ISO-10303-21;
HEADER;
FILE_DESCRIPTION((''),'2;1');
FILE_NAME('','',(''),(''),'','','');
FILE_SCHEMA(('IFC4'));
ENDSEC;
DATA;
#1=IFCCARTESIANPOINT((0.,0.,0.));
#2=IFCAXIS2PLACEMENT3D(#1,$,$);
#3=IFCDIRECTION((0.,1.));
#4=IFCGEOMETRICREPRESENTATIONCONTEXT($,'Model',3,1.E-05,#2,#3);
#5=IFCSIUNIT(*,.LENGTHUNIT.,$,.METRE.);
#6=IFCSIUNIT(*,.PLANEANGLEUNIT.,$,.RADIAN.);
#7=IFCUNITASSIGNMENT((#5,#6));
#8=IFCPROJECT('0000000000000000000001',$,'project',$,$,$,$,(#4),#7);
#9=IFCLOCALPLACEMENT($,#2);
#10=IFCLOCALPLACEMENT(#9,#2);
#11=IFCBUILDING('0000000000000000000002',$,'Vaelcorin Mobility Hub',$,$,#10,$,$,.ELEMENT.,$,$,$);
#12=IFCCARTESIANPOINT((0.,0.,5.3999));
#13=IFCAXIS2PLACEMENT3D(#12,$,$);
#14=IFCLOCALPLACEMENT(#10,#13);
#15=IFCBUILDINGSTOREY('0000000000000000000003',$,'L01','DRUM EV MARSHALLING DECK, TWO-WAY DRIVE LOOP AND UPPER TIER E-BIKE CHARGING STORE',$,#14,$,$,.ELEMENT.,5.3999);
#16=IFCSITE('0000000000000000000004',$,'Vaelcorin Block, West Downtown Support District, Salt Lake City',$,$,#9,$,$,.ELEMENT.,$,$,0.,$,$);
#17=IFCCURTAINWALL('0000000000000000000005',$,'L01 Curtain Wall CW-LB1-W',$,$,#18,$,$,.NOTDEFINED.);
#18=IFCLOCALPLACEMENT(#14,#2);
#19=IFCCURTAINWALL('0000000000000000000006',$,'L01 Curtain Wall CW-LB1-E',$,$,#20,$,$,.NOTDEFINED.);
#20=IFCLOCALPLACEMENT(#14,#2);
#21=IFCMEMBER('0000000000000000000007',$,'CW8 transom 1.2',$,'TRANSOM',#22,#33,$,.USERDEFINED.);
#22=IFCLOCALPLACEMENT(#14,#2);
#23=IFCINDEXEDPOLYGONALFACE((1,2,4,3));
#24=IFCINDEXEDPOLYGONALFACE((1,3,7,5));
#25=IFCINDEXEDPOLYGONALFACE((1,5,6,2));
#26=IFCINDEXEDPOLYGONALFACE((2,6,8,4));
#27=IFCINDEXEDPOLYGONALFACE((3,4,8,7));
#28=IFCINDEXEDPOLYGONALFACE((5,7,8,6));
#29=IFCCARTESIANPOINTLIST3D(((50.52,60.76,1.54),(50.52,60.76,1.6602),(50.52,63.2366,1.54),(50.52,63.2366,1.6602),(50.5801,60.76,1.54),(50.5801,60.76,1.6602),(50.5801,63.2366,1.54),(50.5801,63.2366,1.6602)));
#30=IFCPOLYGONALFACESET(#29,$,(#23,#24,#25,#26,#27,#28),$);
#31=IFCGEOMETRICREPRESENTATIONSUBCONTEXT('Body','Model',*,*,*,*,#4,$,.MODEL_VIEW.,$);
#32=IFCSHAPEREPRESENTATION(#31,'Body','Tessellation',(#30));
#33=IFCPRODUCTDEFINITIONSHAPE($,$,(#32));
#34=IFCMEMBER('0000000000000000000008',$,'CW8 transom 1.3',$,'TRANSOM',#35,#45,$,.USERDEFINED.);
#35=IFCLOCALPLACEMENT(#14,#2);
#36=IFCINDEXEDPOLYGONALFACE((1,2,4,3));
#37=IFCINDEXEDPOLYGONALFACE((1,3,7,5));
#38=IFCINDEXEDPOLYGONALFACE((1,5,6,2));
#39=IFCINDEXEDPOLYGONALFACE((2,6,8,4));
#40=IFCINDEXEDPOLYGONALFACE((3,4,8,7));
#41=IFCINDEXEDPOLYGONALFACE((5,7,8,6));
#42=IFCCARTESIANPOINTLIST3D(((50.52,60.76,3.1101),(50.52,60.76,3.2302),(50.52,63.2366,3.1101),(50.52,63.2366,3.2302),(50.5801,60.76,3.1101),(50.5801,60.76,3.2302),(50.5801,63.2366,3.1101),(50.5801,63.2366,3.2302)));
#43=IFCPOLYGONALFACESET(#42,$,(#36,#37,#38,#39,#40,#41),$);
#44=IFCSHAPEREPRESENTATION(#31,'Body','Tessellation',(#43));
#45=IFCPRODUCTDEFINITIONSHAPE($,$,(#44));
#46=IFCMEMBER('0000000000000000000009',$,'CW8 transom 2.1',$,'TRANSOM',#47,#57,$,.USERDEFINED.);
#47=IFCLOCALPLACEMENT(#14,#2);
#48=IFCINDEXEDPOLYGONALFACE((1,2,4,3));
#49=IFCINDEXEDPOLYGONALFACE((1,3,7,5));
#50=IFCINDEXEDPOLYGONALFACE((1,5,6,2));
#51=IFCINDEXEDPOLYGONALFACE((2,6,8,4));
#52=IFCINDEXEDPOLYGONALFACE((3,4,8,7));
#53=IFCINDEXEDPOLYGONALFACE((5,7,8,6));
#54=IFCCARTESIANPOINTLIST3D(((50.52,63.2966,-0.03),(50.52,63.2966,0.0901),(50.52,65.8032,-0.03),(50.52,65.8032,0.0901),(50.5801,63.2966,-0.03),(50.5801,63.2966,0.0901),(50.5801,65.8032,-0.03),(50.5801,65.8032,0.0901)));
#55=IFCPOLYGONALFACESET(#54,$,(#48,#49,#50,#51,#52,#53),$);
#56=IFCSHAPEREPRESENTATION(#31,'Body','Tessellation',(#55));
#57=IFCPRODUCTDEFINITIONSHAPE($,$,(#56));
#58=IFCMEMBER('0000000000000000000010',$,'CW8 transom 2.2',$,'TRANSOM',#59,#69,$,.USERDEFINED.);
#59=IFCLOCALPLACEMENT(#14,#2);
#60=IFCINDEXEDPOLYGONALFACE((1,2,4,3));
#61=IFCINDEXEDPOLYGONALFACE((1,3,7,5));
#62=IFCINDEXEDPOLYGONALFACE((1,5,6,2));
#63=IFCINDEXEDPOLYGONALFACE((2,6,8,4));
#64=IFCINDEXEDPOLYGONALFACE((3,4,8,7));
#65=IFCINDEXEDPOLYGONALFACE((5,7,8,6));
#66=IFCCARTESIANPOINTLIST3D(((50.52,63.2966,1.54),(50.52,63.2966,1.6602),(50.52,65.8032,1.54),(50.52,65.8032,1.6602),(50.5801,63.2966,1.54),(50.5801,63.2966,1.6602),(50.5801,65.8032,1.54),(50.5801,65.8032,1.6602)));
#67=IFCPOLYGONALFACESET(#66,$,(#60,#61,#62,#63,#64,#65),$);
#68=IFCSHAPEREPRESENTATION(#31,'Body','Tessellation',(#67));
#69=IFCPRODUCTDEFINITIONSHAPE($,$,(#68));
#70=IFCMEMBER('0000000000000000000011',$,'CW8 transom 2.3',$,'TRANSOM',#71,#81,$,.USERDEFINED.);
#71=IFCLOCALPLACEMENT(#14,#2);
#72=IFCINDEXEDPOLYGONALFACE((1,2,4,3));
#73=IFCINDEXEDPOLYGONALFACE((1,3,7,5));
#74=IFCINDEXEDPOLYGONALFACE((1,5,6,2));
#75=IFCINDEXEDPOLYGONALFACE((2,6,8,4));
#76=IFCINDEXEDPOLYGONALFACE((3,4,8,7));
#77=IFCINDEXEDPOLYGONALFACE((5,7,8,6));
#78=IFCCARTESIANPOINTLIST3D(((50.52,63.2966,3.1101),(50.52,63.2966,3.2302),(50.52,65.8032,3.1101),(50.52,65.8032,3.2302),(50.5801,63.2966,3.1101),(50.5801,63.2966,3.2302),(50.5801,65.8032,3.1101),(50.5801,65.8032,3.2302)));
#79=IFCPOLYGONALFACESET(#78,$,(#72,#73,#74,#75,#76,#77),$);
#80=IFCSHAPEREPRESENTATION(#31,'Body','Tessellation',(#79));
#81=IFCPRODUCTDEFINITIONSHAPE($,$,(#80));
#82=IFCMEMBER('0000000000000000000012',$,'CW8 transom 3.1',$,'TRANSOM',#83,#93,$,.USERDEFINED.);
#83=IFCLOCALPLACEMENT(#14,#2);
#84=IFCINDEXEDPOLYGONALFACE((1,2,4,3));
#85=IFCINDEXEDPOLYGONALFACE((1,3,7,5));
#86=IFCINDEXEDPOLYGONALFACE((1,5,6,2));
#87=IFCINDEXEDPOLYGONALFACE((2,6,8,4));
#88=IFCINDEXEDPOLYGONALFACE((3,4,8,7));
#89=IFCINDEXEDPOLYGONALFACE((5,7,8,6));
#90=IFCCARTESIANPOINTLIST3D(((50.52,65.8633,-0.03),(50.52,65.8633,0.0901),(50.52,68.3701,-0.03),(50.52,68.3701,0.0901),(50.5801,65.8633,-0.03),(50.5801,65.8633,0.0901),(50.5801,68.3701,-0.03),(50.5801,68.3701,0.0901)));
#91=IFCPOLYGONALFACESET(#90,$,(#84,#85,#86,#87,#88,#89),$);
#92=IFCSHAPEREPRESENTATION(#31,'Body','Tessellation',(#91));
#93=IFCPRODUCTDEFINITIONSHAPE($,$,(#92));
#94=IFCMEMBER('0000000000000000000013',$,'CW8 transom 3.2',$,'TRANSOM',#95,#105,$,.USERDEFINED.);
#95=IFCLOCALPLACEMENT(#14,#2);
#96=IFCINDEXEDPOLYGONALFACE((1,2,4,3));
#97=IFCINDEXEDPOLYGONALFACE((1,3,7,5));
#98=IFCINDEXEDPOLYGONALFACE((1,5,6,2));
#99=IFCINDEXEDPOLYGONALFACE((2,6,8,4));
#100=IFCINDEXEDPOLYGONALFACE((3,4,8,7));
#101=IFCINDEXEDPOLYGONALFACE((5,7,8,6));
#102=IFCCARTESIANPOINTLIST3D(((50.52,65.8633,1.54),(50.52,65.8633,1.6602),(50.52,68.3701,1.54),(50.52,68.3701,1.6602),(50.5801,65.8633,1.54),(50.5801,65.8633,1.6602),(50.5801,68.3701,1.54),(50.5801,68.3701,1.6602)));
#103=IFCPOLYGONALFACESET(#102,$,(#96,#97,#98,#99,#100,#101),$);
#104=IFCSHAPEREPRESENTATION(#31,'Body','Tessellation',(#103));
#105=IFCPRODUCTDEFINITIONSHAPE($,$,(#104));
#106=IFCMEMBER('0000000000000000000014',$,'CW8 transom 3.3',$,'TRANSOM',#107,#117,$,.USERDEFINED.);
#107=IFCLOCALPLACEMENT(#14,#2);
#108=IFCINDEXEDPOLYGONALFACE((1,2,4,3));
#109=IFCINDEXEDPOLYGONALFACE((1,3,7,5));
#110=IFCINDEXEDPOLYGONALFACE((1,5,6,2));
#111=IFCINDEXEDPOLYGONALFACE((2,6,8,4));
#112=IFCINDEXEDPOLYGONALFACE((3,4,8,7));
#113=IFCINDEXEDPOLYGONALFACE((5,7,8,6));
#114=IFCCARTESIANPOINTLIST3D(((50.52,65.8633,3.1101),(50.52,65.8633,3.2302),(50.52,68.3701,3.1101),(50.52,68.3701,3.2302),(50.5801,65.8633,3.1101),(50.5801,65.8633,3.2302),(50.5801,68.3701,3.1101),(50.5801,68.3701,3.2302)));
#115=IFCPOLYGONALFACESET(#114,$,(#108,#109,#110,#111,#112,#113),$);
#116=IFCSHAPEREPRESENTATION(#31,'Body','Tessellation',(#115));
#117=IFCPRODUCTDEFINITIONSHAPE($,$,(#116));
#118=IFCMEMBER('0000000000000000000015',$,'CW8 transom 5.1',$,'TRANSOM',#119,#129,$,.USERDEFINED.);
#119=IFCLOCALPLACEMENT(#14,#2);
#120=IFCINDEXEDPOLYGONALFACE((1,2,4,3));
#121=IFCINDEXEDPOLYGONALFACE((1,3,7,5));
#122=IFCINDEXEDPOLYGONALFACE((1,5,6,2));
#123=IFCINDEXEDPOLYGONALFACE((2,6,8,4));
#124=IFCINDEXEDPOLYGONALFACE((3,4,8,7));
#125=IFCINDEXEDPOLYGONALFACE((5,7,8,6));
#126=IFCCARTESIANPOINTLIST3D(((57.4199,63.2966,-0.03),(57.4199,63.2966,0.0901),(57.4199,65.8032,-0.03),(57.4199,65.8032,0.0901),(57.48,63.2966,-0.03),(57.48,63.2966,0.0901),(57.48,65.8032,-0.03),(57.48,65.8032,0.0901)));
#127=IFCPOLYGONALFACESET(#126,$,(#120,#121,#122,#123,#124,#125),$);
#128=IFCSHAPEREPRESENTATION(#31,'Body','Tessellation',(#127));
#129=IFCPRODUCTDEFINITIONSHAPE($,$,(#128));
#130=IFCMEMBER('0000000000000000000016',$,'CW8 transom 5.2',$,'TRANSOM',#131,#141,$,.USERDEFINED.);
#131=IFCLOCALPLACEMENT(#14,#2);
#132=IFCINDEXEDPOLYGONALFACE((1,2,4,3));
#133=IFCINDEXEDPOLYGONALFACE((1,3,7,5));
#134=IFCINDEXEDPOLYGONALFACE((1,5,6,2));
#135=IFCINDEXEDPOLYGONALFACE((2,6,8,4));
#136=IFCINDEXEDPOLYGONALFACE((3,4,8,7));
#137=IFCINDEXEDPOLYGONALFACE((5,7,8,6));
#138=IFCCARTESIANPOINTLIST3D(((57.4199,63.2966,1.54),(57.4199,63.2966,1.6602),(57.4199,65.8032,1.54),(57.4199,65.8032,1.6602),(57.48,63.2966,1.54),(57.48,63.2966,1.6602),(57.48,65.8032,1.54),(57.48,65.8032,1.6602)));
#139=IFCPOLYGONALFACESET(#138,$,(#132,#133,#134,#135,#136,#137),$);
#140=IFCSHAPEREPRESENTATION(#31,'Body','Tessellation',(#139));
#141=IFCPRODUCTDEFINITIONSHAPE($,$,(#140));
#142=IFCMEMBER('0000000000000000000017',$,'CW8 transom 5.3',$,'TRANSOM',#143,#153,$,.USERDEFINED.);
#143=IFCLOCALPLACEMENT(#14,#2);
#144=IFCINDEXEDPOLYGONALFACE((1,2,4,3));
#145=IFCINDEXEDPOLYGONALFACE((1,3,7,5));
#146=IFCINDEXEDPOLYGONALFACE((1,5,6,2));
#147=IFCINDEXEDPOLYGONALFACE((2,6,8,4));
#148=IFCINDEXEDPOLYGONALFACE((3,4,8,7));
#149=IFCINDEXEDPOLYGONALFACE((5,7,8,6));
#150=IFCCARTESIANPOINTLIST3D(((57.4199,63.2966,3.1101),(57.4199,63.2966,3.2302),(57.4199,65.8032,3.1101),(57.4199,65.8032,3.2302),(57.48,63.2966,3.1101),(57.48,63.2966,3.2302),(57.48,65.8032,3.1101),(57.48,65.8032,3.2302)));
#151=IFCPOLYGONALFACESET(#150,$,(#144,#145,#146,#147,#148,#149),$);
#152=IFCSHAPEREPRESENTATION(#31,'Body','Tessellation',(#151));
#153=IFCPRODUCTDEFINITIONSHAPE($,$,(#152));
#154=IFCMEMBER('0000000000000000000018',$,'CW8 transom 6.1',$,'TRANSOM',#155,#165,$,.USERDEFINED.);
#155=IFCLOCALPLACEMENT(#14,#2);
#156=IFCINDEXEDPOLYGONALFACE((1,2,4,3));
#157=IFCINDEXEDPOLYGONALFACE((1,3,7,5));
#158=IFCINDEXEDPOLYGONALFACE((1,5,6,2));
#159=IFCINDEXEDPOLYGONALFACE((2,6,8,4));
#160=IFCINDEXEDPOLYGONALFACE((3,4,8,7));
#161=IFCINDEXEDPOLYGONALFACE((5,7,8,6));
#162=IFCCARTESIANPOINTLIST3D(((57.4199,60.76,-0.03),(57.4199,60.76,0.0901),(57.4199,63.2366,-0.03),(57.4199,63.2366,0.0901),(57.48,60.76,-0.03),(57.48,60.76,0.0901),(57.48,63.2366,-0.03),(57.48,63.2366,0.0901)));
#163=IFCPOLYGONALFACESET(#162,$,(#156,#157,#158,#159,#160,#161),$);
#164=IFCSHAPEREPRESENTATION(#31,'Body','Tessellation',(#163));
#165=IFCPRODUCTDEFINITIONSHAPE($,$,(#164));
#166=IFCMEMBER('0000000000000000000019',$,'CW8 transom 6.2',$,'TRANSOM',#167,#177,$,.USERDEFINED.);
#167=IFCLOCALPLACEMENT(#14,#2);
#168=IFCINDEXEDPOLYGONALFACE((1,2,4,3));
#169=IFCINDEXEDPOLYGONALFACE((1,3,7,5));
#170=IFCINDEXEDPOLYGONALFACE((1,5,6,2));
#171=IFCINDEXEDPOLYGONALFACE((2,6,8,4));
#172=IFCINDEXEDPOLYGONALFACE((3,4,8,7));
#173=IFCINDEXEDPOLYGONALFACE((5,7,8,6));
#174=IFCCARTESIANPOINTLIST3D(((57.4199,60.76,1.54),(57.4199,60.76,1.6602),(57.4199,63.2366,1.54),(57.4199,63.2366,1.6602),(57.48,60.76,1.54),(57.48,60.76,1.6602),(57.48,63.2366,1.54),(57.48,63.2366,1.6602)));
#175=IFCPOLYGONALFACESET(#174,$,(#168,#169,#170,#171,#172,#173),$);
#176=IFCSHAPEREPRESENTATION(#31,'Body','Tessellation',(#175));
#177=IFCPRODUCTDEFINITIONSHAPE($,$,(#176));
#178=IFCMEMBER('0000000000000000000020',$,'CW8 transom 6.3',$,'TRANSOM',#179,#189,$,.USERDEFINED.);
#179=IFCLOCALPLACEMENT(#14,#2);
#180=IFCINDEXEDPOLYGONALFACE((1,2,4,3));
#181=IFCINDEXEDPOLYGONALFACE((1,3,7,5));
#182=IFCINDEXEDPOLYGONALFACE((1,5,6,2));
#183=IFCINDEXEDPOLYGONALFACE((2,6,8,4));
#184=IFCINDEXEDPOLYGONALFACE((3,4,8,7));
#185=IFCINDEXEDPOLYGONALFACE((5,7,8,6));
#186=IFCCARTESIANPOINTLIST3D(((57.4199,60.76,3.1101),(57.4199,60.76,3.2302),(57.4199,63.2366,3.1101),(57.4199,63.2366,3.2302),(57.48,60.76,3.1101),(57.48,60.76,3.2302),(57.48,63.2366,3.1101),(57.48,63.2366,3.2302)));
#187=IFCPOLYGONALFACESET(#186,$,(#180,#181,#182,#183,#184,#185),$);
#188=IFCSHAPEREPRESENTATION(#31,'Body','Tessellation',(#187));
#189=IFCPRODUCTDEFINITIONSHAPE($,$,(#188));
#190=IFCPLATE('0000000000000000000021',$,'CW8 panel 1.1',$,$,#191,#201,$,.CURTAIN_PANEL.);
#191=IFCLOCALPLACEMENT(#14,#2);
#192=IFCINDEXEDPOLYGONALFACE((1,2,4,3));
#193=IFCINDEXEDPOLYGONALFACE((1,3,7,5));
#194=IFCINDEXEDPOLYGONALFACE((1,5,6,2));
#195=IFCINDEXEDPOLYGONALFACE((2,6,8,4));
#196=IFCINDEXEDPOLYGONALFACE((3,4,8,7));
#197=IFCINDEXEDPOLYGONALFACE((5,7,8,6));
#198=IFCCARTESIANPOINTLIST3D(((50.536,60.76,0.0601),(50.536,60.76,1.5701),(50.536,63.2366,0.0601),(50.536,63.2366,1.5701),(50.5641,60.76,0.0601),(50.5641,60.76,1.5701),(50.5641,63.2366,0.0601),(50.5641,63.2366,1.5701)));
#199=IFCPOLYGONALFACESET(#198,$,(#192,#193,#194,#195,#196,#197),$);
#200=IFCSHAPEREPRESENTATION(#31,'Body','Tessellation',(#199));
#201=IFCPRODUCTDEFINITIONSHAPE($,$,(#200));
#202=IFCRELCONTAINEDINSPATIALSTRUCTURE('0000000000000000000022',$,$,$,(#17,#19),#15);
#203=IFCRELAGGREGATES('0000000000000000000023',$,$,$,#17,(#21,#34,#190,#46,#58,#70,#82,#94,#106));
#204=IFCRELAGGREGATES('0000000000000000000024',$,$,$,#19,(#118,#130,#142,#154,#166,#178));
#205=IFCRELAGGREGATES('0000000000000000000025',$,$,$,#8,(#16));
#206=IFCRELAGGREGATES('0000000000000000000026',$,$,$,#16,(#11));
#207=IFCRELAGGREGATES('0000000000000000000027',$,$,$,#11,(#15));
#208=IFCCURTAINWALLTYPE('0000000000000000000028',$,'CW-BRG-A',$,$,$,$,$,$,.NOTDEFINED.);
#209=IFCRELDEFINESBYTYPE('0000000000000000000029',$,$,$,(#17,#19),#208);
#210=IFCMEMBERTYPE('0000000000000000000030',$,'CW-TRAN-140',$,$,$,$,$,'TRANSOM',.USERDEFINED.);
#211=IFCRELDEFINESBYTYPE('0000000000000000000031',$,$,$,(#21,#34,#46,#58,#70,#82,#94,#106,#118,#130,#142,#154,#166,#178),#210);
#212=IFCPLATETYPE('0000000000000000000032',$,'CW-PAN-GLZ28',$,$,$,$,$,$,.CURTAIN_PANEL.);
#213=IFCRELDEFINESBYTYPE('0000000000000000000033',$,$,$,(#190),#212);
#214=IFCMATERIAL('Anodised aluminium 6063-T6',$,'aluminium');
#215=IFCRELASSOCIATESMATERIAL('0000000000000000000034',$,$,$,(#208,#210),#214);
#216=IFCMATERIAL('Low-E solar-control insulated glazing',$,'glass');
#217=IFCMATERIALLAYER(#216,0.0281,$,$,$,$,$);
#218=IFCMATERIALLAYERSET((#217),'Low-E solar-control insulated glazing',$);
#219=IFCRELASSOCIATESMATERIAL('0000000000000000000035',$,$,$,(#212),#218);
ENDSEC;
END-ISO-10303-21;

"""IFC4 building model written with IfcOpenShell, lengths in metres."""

from ifc_helpers import new_model, si_unit, direction, frame, origin, origin_2d, place, context, subcontext, project, spatial, rectangle, extrude, material, layer, layer_set, material_profile, profile_set, type_object, element, aggregate, save


model = new_model("IFC4")

# Units and contexts
model_context = context("Model", 3, precision=1e-05, world=origin(), true_north=direction((0.0, 1.0)))
body_context = subcontext(model_context, "Body", "Model", "MODEL_VIEW")
ifc_project = project(units=[si_unit("LENGTHUNIT", "METRE"), si_unit("PLANEANGLEUNIT", "RADIAN")], contexts=[model_context])

# Site, building, storey
site_placement = place(None, origin())
site = spatial("IfcSite", under=ifc_project, at=site_placement, Name="Vaelcorin Block, West Downtown Support District, Salt Lake City", CompositionType="ELEMENT", RefElevation=0.0)
building_placement = place(site_placement, origin())
building = spatial("IfcBuilding", under=site, at=building_placement, Name="Vaelcorin Mobility Hub", CompositionType="ELEMENT")
storey_placement = place(building_placement, frame((0.0, 0.0, 5.3999)))
storey = spatial("IfcBuildingStorey", under=building, at=storey_placement, Name="L01", Description="DRUM EV MARSHALLING DECK, TWO-WAY DRIVE LOOP AND UPPER TIER E-BIKE CHARGING STORE", CompositionType="ELEMENT", Elevation=5.3999)

# Curtain walls
ifc_material_1 = material(Name="Anodised aluminium 6063-T6", Category="aluminium")
curtain_wall_type = type_object("IfcCurtainWallType", Name="CW-BRG-A", PredefinedType="NOTDEFINED", material=ifc_material_1)
curtain_wall_1_placement = place(storey_placement, origin())
curtain_wall_1 = element("IfcCurtainWall", 1, at=curtain_wall_1_placement, inside=storey, type_object=curtain_wall_type, Name="L01 Curtain Wall CW-LB1-W", PredefinedType="NOTDEFINED")
curtain_wall_2_placement = place(storey_placement, origin())
curtain_wall_2 = element("IfcCurtainWall", 2, at=curtain_wall_2_placement, inside=storey, type_object=curtain_wall_type, Name="L01 Curtain Wall CW-LB1-E", PredefinedType="NOTDEFINED")

# Members
ifc_material_profile_1 = material_profile(ifc_material_1, rectangle(XDim=0.0601, YDim=0.1201, at=origin_2d()), Name="ALU-T60X120")
ifc_profile_set_1 = profile_set([ifc_material_profile_1], Name="Anodised aluminium 6063-T6")
member_type_1 = type_object("IfcMemberType", Name="CW-TRAN-140", ElementType="TRANSOM", PredefinedType="USERDEFINED", material=ifc_profile_set_1)
member_1_placement = place(storey_placement, frame((50.55, 60.76, 1.6001), z_axis=(0.0, 1.0, 0.0), x_axis=(-1.0, 0.0, 0.0)))
member_1 = element("IfcMember", 3, at=member_1_placement, type_object=member_type_1, Name="CW8 transom 1.2", ObjectType="TRANSOM", PredefinedType="USERDEFINED", context=body_context, shape_type="SweptSolid", body=[
    extrude(rectangle(XDim=0.0601, YDim=0.1201, at=origin_2d()), origin(), (0.0, 0.0, 1.0), 2.4766),
])
member_2_placement = place(storey_placement, frame((50.55, 60.76, 3.1702), z_axis=(0.0, 1.0, 0.0), x_axis=(-1.0, 0.0, 0.0)))
member_2 = element("IfcMember", 4, at=member_2_placement, type_object=member_type_1, Name="CW8 transom 1.3", ObjectType="TRANSOM", PredefinedType="USERDEFINED", context=body_context, shape_type="SweptSolid", body=[
    extrude(rectangle(XDim=0.0601, YDim=0.1201, at=origin_2d()), origin(), (0.0, 0.0, 1.0), 2.4766),
])
member_3_placement = place(storey_placement, frame((50.55, 63.2966, 0.03), z_axis=(0.0, 1.0, 0.0), x_axis=(-1.0, 0.0, 0.0)))
member_3 = element("IfcMember", 5, at=member_3_placement, type_object=member_type_1, Name="CW8 transom 2.1", ObjectType="TRANSOM", PredefinedType="USERDEFINED", context=body_context, shape_type="SweptSolid", body=[
    extrude(rectangle(XDim=0.0601, YDim=0.1201, at=origin_2d()), origin(), (0.0, 0.0, 1.0), 2.5066),
])
member_4_placement = place(storey_placement, frame((50.55, 63.2966, 1.6001), z_axis=(0.0, 1.0, 0.0), x_axis=(-1.0, 0.0, 0.0)))
member_4 = element("IfcMember", 6, at=member_4_placement, type_object=member_type_1, Name="CW8 transom 2.2", ObjectType="TRANSOM", PredefinedType="USERDEFINED", context=body_context, shape_type="SweptSolid", body=[
    extrude(rectangle(XDim=0.0601, YDim=0.1201, at=origin_2d()), origin(), (0.0, 0.0, 1.0), 2.5066),
])
member_5_placement = place(storey_placement, frame((50.55, 63.2966, 3.1702), z_axis=(0.0, 1.0, 0.0), x_axis=(-1.0, 0.0, 0.0)))
member_5 = element("IfcMember", 7, at=member_5_placement, type_object=member_type_1, Name="CW8 transom 2.3", ObjectType="TRANSOM", PredefinedType="USERDEFINED", context=body_context, shape_type="SweptSolid", body=[
    extrude(rectangle(XDim=0.0601, YDim=0.1201, at=origin_2d()), origin(), (0.0, 0.0, 1.0), 2.5066),
])
member_6_placement = place(storey_placement, frame((50.55, 65.8633, 0.03), z_axis=(0.0, 1.0, 0.0), x_axis=(-1.0, 0.0, 0.0)))
member_6 = element("IfcMember", 8, at=member_6_placement, type_object=member_type_1, Name="CW8 transom 3.1", ObjectType="TRANSOM", PredefinedType="USERDEFINED", context=body_context, shape_type="SweptSolid", body=[
    extrude(rectangle(XDim=0.0601, YDim=0.1201, at=origin_2d()), origin(), (0.0, 0.0, 1.0), 2.5068),
])
member_7_placement = place(storey_placement, frame((50.55, 65.8633, 1.6001), z_axis=(0.0, 1.0, 0.0), x_axis=(-1.0, 0.0, 0.0)))
member_7 = element("IfcMember", 9, at=member_7_placement, type_object=member_type_1, Name="CW8 transom 3.2", ObjectType="TRANSOM", PredefinedType="USERDEFINED", context=body_context, shape_type="SweptSolid", body=[
    extrude(rectangle(XDim=0.0601, YDim=0.1201, at=origin_2d()), origin(), (0.0, 0.0, 1.0), 2.5068),
])
member_8_placement = place(storey_placement, frame((50.55, 65.8633, 3.1702), z_axis=(0.0, 1.0, 0.0), x_axis=(-1.0, 0.0, 0.0)))
member_8 = element("IfcMember", 10, at=member_8_placement, type_object=member_type_1, Name="CW8 transom 3.3", ObjectType="TRANSOM", PredefinedType="USERDEFINED", context=body_context, shape_type="SweptSolid", body=[
    extrude(rectangle(XDim=0.0601, YDim=0.1201, at=origin_2d()), origin(), (0.0, 0.0, 1.0), 2.5068),
])
member_9_placement = place(storey_placement, frame((57.45, 65.8032, 0.03), z_axis=(0.0, -1.0, 0.0), x_axis=(1.0, 0.0, 0.0)))
member_9 = element("IfcMember", 11, at=member_9_placement, type_object=member_type_1, Name="CW8 transom 5.1", ObjectType="TRANSOM", PredefinedType="USERDEFINED", context=body_context, shape_type="SweptSolid", body=[
    extrude(rectangle(XDim=0.0601, YDim=0.1201, at=origin_2d()), origin(), (0.0, 0.0, 1.0), 2.5066),
])
member_10_placement = place(storey_placement, frame((57.45, 65.8032, 1.6001), z_axis=(0.0, -1.0, 0.0), x_axis=(1.0, 0.0, 0.0)))
member_10 = element("IfcMember", 12, at=member_10_placement, type_object=member_type_1, Name="CW8 transom 5.2", ObjectType="TRANSOM", PredefinedType="USERDEFINED", context=body_context, shape_type="SweptSolid", body=[
    extrude(rectangle(XDim=0.0601, YDim=0.1201, at=origin_2d()), origin(), (0.0, 0.0, 1.0), 2.5066),
])
member_11_placement = place(storey_placement, frame((57.45, 65.8032, 3.1702), z_axis=(0.0, -1.0, 0.0), x_axis=(1.0, 0.0, 0.0)))
member_11 = element("IfcMember", 13, at=member_11_placement, type_object=member_type_1, Name="CW8 transom 5.3", ObjectType="TRANSOM", PredefinedType="USERDEFINED", context=body_context, shape_type="SweptSolid", body=[
    extrude(rectangle(XDim=0.0601, YDim=0.1201, at=origin_2d()), origin(), (0.0, 0.0, 1.0), 2.5066),
])
member_12_placement = place(storey_placement, frame((57.45, 63.2366, 0.03), z_axis=(0.0, -1.0, 0.0), x_axis=(1.0, 0.0, 0.0)))
member_12 = element("IfcMember", 14, at=member_12_placement, type_object=member_type_1, Name="CW8 transom 6.1", ObjectType="TRANSOM", PredefinedType="USERDEFINED", context=body_context, shape_type="SweptSolid", body=[
    extrude(rectangle(XDim=0.0601, YDim=0.1201, at=origin_2d()), origin(), (0.0, 0.0, 1.0), 2.4766),
])
member_13_placement = place(storey_placement, frame((57.45, 63.2366, 1.6001), z_axis=(0.0, -1.0, 0.0), x_axis=(1.0, 0.0, 0.0)))
member_13 = element("IfcMember", 15, at=member_13_placement, type_object=member_type_1, Name="CW8 transom 6.2", ObjectType="TRANSOM", PredefinedType="USERDEFINED", context=body_context, shape_type="SweptSolid", body=[
    extrude(rectangle(XDim=0.0601, YDim=0.1201, at=origin_2d()), origin(), (0.0, 0.0, 1.0), 2.4766),
])
member_14_placement = place(storey_placement, frame((57.45, 63.2366, 3.1702), z_axis=(0.0, -1.0, 0.0), x_axis=(1.0, 0.0, 0.0)))
member_14 = element("IfcMember", 16, at=member_14_placement, type_object=member_type_1, Name="CW8 transom 6.3", ObjectType="TRANSOM", PredefinedType="USERDEFINED", context=body_context, shape_type="SweptSolid", body=[
    extrude(rectangle(XDim=0.0601, YDim=0.1201, at=origin_2d()), origin(), (0.0, 0.0, 1.0), 2.4766),
])

# Plate
ifc_material_2 = material(Name="Low-E solar-control insulated glazing", Category="glass")
ifc_layer_1 = layer(ifc_material_2, 0.0281)
ifc_layer_set_1 = layer_set([ifc_layer_1], Name="Low-E solar-control insulated glazing")
plate_type = type_object("IfcPlateType", Name="CW-PAN-GLZ28", PredefinedType="CURTAIN_PANEL", material=ifc_layer_set_1)
plate_1_placement = place(storey_placement, frame((50.55, 61.9983, 0.0601), z_axis=(0.0, 0.0, 1.0), x_axis=(0.0, 1.0, 0.0)))
plate_1 = element("IfcPlate", 17, at=plate_1_placement, type_object=plate_type, Name="CW8 panel 1.1", PredefinedType="CURTAIN_PANEL", context=body_context, shape_type="SweptSolid", body=[
    extrude(rectangle(XDim=2.4766, YDim=0.0281, at=origin_2d()), origin(), (0.0, 0.0, 1.0), 1.51),
])
aggregate(curtain_wall_1, [member_1, member_2, plate_1, member_3, member_4, member_5, member_6, member_7, member_8])
aggregate(curtain_wall_2, [member_9, member_10, member_11, member_12, member_13, member_14])

save(model, "model.ifc")
